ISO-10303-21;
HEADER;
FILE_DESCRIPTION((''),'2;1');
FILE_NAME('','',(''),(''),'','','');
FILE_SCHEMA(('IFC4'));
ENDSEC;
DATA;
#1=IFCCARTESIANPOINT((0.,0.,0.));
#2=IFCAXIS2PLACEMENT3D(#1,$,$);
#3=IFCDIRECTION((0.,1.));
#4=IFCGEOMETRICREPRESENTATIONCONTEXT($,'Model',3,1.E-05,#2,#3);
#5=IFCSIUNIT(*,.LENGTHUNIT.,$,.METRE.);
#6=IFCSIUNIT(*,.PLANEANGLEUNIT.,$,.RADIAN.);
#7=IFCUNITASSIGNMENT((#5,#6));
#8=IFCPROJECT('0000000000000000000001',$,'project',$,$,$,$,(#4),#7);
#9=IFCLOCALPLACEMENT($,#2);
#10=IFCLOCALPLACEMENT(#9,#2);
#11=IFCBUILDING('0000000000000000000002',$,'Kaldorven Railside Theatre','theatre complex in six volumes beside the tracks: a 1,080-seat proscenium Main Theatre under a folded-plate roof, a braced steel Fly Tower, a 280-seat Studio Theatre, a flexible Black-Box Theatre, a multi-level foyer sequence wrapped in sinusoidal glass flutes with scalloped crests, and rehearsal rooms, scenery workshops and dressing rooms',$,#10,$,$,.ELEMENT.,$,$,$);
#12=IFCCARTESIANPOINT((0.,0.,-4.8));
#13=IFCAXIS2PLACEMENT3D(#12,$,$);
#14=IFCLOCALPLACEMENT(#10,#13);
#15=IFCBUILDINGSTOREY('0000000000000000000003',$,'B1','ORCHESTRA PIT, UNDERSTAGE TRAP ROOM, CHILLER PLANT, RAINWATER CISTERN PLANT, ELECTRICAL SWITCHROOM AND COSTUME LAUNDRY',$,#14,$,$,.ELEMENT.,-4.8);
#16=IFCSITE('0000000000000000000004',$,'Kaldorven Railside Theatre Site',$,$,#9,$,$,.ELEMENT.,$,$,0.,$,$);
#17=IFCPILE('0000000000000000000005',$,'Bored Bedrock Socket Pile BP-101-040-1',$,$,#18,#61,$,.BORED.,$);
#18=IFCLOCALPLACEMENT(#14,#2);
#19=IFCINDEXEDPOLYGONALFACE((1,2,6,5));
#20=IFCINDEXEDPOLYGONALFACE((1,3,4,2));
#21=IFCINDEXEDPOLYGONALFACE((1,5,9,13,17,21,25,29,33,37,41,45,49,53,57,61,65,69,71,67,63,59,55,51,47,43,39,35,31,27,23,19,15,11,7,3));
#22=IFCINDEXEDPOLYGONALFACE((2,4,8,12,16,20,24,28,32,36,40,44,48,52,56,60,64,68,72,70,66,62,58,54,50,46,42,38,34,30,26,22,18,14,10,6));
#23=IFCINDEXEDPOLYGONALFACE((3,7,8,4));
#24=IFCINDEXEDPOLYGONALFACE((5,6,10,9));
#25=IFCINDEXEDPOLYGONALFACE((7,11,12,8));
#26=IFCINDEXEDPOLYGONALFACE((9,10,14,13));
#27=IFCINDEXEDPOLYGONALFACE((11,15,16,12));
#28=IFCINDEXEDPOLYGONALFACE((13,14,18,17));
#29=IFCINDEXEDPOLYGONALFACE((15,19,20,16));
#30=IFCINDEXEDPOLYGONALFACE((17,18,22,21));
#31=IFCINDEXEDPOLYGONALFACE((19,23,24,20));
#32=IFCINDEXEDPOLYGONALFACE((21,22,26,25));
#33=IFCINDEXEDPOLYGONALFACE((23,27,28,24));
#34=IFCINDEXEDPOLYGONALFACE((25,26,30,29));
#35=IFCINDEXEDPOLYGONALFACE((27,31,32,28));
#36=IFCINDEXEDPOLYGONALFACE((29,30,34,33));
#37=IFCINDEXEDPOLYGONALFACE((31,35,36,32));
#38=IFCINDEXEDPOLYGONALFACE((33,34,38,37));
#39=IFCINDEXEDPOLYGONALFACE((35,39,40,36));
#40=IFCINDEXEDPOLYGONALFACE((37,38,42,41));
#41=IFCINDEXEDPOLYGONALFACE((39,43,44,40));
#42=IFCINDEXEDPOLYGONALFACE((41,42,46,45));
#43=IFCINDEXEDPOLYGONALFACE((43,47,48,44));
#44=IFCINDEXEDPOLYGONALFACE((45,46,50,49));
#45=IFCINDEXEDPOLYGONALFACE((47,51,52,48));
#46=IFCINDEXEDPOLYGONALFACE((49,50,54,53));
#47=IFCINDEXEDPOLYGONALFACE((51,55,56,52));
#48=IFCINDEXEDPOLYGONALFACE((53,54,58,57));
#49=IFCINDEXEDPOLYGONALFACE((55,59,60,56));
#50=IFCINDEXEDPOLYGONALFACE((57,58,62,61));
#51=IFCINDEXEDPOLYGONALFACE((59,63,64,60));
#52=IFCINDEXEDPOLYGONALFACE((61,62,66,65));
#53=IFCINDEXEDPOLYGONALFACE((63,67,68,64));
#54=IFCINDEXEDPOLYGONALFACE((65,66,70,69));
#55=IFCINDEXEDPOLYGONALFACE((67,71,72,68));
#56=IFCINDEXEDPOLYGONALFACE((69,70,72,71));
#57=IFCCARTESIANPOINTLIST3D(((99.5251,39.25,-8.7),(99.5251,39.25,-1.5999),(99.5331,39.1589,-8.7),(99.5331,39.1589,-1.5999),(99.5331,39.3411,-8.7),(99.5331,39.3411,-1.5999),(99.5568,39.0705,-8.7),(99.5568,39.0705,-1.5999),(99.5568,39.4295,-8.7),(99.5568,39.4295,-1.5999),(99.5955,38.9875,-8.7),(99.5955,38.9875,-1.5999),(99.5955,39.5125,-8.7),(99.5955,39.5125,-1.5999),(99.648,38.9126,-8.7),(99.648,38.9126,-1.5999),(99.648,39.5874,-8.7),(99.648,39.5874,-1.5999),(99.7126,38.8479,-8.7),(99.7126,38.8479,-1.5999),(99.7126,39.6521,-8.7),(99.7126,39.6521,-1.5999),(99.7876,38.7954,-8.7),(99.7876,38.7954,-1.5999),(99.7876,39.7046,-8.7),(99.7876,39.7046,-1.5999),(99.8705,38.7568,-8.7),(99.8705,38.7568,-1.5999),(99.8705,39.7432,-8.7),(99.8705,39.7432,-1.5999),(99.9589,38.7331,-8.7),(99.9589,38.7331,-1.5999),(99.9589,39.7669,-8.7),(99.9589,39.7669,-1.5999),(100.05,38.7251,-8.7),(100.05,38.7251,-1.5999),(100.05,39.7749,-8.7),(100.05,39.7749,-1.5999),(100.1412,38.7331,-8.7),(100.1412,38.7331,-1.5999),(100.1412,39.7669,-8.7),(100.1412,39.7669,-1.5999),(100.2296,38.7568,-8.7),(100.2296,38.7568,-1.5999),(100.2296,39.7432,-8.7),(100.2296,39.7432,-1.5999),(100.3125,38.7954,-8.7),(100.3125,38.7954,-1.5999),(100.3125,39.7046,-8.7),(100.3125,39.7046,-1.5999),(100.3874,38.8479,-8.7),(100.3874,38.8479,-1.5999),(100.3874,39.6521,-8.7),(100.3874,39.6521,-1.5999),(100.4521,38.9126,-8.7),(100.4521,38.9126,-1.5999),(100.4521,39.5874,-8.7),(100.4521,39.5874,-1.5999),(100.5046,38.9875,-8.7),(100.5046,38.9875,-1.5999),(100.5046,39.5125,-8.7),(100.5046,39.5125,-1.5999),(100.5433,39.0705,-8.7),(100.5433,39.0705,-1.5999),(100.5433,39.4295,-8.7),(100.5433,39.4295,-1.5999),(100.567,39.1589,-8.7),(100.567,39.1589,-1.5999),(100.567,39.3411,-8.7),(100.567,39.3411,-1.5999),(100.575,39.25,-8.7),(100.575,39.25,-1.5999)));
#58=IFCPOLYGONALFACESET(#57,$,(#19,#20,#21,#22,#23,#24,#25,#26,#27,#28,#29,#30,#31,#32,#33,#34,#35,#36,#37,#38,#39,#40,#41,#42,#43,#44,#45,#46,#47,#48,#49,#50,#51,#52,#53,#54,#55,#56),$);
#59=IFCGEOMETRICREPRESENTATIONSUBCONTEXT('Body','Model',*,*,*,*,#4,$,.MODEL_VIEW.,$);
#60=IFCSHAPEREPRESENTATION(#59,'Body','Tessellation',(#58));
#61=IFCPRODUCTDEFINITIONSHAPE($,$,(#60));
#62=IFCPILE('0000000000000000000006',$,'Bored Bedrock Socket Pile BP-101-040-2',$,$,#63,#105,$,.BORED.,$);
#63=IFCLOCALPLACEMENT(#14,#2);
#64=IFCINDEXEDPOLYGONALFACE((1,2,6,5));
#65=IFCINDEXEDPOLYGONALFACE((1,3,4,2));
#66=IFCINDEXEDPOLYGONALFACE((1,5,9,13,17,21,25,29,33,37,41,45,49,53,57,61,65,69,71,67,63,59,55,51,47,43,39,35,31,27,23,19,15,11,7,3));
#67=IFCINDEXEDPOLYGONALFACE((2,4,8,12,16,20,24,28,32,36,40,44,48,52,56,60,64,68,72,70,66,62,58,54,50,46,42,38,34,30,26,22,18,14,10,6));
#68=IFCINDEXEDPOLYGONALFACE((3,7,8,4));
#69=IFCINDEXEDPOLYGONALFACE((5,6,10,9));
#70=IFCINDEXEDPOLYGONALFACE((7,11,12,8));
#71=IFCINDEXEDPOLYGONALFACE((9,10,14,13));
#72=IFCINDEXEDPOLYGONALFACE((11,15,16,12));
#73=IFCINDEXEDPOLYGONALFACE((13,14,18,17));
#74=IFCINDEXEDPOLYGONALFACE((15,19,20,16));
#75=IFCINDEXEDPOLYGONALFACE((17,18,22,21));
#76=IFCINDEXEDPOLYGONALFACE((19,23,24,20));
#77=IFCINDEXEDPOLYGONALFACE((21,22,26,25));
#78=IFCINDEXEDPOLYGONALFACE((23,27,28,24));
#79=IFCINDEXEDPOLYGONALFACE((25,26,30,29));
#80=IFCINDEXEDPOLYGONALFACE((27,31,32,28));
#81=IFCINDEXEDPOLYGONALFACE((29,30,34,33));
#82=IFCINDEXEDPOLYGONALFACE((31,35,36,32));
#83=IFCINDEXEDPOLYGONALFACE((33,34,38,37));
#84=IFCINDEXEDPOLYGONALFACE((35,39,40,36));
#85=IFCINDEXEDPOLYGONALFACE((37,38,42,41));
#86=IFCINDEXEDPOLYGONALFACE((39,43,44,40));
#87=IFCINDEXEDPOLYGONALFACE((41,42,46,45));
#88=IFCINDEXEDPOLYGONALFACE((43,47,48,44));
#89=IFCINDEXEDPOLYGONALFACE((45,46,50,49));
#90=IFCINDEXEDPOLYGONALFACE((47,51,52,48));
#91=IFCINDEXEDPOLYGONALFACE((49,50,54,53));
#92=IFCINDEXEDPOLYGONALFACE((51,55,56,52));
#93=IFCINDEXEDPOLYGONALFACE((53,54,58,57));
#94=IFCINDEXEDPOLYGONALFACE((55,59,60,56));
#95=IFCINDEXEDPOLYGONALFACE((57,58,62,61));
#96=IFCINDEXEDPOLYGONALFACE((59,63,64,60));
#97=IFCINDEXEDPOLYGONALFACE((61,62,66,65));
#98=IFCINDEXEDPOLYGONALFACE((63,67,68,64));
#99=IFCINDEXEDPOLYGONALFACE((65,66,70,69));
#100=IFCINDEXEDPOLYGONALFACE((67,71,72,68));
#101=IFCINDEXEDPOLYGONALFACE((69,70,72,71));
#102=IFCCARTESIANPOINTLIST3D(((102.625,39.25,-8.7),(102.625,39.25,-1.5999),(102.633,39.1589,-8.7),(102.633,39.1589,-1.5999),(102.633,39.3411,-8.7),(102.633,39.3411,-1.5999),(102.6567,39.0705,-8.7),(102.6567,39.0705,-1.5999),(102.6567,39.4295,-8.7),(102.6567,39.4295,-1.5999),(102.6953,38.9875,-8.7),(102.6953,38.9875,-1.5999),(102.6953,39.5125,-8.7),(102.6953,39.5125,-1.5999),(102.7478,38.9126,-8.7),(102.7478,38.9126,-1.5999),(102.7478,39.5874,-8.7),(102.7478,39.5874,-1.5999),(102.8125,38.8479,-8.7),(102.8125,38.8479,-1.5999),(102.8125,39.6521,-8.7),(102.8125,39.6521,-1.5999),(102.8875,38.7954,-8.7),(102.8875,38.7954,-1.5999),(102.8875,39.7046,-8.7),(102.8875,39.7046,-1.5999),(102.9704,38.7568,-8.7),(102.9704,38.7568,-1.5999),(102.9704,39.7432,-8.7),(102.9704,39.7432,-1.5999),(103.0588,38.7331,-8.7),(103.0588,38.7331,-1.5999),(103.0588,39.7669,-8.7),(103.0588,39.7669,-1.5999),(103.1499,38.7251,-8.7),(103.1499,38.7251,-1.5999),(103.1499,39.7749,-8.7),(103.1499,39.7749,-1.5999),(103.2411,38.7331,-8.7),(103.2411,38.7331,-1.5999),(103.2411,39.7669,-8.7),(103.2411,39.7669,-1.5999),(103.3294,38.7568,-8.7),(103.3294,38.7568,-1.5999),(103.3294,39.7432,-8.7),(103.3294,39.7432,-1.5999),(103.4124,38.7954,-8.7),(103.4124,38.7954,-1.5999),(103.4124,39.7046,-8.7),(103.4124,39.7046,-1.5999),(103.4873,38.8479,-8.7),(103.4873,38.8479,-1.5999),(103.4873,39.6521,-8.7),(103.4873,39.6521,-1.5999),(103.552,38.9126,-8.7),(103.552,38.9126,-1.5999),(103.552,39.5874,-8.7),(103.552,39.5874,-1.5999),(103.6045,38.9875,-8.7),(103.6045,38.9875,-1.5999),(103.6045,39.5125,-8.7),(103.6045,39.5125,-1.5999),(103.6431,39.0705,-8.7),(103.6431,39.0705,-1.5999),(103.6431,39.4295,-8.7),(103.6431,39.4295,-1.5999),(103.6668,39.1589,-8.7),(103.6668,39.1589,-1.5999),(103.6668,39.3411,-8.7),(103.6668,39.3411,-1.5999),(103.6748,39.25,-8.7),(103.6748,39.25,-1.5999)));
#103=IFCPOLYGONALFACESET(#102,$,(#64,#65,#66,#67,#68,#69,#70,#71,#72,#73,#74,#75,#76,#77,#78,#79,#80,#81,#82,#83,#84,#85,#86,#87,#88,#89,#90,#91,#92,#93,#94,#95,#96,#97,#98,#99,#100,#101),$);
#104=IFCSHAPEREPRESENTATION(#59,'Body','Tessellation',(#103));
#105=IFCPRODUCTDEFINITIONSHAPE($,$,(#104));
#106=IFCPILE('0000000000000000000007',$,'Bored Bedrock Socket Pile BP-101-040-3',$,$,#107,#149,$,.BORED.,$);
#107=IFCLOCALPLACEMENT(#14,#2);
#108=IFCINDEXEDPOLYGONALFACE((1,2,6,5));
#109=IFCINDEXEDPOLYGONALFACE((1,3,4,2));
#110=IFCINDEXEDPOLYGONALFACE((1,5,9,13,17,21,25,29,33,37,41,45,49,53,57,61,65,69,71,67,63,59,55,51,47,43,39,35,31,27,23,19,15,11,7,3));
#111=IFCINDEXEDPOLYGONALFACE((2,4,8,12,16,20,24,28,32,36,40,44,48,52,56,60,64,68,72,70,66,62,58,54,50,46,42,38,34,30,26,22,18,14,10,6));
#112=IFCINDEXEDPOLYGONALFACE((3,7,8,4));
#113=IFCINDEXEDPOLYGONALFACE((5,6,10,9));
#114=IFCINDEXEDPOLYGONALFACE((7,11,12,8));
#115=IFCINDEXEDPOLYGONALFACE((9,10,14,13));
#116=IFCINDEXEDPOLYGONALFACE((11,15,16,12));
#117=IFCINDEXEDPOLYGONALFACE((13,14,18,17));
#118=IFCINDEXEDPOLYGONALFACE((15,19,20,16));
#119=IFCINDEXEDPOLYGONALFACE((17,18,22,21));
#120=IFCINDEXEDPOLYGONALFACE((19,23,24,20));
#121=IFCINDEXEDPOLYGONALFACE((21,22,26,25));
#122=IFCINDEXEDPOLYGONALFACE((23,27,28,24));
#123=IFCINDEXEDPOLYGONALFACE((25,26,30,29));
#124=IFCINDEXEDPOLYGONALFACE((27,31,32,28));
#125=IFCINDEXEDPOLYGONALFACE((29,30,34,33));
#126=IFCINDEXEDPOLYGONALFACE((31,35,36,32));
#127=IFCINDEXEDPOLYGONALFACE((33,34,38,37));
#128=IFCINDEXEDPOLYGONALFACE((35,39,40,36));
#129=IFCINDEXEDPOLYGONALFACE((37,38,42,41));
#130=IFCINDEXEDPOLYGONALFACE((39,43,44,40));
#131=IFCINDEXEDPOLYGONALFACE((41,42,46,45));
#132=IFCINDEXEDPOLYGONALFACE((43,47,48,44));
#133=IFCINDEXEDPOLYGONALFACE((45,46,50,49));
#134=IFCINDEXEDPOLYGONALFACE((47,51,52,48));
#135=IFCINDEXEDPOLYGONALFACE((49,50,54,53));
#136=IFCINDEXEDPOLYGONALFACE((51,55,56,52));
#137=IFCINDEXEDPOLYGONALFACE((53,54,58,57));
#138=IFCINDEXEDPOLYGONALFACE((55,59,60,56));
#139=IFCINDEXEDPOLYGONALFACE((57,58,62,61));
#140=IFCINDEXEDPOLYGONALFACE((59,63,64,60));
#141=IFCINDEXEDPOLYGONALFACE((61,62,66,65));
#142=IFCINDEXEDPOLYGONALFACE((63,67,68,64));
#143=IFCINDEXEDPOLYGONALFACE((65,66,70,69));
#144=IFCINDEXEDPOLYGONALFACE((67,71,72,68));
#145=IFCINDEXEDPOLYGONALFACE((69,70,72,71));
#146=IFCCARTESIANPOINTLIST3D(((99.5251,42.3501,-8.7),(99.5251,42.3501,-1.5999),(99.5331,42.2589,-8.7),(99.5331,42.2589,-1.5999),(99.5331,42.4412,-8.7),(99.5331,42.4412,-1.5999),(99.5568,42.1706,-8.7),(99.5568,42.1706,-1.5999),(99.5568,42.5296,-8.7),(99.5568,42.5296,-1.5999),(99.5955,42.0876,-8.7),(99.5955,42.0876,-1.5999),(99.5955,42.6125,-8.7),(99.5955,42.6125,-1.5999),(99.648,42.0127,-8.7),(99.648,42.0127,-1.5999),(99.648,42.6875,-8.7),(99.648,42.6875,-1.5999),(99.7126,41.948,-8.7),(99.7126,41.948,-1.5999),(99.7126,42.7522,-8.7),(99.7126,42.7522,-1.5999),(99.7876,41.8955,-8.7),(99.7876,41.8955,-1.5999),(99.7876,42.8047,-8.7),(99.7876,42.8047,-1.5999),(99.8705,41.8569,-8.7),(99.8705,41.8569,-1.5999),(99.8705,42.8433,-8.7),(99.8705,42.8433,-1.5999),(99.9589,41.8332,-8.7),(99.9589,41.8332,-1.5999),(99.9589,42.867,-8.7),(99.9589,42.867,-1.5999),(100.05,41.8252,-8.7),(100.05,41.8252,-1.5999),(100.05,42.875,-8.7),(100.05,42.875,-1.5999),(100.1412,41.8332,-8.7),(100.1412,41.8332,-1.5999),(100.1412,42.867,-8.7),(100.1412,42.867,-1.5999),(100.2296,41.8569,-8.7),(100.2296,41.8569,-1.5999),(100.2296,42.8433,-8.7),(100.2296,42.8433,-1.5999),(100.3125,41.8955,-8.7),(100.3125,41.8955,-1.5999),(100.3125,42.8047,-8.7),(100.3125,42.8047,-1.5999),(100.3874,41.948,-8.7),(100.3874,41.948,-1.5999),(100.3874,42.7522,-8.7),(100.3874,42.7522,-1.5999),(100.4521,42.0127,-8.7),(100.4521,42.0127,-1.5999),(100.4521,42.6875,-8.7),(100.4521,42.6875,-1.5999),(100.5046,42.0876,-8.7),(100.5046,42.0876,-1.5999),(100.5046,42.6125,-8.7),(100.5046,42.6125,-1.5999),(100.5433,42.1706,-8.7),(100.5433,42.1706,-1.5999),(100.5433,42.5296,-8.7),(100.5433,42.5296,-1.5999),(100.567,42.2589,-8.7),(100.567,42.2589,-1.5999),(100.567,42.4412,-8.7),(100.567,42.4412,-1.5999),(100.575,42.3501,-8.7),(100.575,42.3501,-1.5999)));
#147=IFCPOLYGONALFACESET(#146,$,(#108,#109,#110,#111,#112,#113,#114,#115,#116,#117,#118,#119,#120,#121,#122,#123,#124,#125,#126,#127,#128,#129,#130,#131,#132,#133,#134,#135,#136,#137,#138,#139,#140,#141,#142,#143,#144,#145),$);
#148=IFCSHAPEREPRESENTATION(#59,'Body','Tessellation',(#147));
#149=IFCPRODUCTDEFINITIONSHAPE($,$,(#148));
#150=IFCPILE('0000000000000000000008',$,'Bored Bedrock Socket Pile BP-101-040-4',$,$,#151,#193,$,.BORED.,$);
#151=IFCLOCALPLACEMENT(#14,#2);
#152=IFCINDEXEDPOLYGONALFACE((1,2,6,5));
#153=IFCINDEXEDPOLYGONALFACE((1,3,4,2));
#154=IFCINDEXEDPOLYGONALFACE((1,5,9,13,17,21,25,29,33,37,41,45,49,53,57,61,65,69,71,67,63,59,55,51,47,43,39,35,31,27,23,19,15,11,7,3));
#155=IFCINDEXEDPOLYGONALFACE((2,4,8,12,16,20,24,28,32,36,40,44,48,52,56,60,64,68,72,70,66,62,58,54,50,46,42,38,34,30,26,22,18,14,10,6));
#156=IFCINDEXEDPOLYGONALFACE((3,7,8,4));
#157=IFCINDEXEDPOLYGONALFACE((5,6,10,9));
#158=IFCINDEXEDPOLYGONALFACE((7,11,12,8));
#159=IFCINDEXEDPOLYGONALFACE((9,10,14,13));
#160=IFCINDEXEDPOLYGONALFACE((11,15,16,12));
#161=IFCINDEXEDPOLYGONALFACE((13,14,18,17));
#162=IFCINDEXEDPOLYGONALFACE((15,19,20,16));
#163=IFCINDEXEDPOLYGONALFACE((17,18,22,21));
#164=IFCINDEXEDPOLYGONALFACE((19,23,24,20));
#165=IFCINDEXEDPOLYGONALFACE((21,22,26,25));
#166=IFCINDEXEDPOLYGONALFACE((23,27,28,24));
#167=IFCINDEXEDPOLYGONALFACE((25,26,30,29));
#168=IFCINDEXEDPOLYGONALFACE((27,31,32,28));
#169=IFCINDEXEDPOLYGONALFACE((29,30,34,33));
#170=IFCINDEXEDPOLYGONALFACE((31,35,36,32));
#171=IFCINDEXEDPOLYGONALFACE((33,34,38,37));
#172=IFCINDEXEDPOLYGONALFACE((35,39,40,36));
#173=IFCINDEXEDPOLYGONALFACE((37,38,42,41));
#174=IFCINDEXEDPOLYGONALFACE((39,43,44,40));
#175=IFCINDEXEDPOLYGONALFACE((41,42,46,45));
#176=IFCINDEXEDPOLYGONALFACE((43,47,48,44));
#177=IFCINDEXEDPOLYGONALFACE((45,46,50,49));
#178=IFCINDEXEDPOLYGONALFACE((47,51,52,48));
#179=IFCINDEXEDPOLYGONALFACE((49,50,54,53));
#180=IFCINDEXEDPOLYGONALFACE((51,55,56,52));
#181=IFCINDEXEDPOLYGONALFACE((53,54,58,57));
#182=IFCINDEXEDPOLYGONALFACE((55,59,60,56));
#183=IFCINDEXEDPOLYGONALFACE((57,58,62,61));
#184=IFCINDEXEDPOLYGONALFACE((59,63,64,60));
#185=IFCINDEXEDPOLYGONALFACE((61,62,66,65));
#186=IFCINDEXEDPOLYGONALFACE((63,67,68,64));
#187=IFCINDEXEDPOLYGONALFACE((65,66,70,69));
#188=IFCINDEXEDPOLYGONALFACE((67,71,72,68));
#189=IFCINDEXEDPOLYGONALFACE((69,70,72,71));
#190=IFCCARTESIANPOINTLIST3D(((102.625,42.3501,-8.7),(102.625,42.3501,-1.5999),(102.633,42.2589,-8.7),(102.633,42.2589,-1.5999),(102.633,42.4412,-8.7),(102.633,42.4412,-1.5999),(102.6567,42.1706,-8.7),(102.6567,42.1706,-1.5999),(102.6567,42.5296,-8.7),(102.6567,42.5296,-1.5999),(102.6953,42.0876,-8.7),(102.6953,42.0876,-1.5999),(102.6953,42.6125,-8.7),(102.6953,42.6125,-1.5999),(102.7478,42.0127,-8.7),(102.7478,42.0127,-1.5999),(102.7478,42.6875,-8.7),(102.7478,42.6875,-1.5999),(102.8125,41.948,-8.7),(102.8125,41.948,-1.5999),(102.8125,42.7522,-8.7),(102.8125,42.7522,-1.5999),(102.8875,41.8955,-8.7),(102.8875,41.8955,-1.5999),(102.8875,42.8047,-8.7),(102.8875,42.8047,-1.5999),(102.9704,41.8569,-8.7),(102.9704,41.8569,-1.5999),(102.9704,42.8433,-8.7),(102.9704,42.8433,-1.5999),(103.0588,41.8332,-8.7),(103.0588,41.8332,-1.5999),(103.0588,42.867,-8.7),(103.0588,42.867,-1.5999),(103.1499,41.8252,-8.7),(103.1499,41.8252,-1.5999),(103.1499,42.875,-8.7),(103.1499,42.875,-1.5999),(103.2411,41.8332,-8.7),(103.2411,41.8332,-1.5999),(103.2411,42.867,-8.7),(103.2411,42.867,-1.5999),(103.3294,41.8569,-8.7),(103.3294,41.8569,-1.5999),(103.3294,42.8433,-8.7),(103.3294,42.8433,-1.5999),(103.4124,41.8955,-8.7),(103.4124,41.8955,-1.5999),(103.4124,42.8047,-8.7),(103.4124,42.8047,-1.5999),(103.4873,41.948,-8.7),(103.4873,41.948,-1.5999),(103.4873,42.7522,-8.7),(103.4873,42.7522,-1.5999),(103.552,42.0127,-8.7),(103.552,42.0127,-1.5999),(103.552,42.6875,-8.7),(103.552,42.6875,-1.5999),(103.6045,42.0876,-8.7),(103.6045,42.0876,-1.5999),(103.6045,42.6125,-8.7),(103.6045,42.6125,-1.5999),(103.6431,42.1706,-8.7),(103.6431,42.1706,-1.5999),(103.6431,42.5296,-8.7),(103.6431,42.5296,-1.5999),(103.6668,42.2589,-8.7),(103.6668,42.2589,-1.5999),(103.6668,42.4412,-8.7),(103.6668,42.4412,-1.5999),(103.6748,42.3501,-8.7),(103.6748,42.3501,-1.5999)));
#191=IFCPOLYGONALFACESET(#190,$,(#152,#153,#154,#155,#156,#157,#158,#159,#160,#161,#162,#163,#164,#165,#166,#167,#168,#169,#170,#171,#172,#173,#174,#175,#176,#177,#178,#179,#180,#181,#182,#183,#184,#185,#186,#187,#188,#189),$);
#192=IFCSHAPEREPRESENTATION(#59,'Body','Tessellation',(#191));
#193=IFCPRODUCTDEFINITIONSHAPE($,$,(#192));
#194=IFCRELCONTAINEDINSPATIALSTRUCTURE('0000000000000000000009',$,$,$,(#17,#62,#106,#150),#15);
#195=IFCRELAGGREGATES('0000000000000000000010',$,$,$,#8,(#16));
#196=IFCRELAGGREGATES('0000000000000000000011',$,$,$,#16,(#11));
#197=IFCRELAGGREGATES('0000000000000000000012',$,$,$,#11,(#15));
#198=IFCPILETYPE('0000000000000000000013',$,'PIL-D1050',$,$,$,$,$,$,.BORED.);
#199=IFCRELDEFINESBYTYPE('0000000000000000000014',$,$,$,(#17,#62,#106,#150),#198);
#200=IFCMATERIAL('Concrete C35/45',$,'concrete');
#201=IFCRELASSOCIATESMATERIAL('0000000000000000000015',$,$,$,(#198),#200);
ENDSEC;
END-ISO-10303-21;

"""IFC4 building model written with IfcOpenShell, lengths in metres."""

from ifc_helpers import new_model, si_unit, direction, frame, origin, origin_2d, place, context, subcontext, project, spatial, circle, extrude, material, material_profile, profile_set, type_object, element, save


model = new_model("IFC4")

# Units and contexts
model_context = context("Model", 3, precision=1e-05, world=origin(), true_north=direction((0.0, 1.0)))
body_context = subcontext(model_context, "Body", "Model", "MODEL_VIEW")
ifc_project = project(units=[si_unit("LENGTHUNIT", "METRE"), si_unit("PLANEANGLEUNIT", "RADIAN")], contexts=[model_context])

# Site, building, storey
site_placement = place(None, origin())
site = spatial("IfcSite", under=ifc_project, at=site_placement, Name="Kaldorven Railside Theatre Site", CompositionType="ELEMENT", RefElevation=0.0)
building_placement = place(site_placement, origin())
building = spatial("IfcBuilding", under=site, at=building_placement, Name="Kaldorven Railside Theatre", Description="theatre complex in six volumes beside the tracks: a 1,080-seat proscenium Main Theatre under a folded-plate roof, a braced steel Fly Tower, a 280-seat Studio Theatre, a flexible Black-Box Theatre, a multi-level foyer sequence wrapped in sinusoidal glass flutes with scalloped crests, and rehearsal rooms, scenery workshops and dressing rooms", CompositionType="ELEMENT")
storey_placement = place(building_placement, frame((0.0, 0.0, -4.8)))
storey = spatial("IfcBuildingStorey", under=building, at=storey_placement, Name="B1", Description="ORCHESTRA PIT, UNDERSTAGE TRAP ROOM, CHILLER PLANT, RAINWATER CISTERN PLANT, ELECTRICAL SWITCHROOM AND COSTUME LAUNDRY", CompositionType="ELEMENT", Elevation=-4.8)

# Piles
ifc_material_1 = material(Name="Concrete C35/45", Category="concrete")
ifc_material_profile_1 = material_profile(ifc_material_1, circle(Radius=0.5249, at=origin_2d()), Name="BP D1050")
ifc_profile_set_1 = profile_set([ifc_material_profile_1], Name="Concrete C35/45")
pile_type_1 = type_object("IfcPileType", Name="PIL-D1050", PredefinedType="BORED", material=ifc_profile_set_1)
for number, where, z_axis, x_axis, name in (
    (1, (100.05, 39.25, -1.5999), (0.0, 0.0, -1.0), (1.0, 0.0, 0.0), "Bored Bedrock Socket Pile BP-101-040-1"),
    (2, (103.1499, 39.25, -1.5999), (0.0, 0.0, -1.0), (1.0, 0.0, 0.0), "Bored Bedrock Socket Pile BP-101-040-2"),
    (3, (100.05, 42.3501, -1.5999), (0.0, 0.0, -1.0), (1.0, 0.0, 0.0), "Bored Bedrock Socket Pile BP-101-040-3"),
    (4, (103.1499, 42.3501, -1.5999), (0.0, 0.0, -1.0), (1.0, 0.0, 0.0), "Bored Bedrock Socket Pile BP-101-040-4"),
):
    element("IfcPile", number, at=place(storey_placement, frame(where, z_axis=z_axis, x_axis=x_axis)), inside=storey, type_object=pile_type_1, Name=name, PredefinedType="BORED", context=body_context, shape_type="SweptSolid", body=[
        extrude(circle(Radius=0.5249, at=origin_2d()), origin(), (0.0, 0.0, 1.0), 7.1001),
    ])

save(model, "model.ifc")
